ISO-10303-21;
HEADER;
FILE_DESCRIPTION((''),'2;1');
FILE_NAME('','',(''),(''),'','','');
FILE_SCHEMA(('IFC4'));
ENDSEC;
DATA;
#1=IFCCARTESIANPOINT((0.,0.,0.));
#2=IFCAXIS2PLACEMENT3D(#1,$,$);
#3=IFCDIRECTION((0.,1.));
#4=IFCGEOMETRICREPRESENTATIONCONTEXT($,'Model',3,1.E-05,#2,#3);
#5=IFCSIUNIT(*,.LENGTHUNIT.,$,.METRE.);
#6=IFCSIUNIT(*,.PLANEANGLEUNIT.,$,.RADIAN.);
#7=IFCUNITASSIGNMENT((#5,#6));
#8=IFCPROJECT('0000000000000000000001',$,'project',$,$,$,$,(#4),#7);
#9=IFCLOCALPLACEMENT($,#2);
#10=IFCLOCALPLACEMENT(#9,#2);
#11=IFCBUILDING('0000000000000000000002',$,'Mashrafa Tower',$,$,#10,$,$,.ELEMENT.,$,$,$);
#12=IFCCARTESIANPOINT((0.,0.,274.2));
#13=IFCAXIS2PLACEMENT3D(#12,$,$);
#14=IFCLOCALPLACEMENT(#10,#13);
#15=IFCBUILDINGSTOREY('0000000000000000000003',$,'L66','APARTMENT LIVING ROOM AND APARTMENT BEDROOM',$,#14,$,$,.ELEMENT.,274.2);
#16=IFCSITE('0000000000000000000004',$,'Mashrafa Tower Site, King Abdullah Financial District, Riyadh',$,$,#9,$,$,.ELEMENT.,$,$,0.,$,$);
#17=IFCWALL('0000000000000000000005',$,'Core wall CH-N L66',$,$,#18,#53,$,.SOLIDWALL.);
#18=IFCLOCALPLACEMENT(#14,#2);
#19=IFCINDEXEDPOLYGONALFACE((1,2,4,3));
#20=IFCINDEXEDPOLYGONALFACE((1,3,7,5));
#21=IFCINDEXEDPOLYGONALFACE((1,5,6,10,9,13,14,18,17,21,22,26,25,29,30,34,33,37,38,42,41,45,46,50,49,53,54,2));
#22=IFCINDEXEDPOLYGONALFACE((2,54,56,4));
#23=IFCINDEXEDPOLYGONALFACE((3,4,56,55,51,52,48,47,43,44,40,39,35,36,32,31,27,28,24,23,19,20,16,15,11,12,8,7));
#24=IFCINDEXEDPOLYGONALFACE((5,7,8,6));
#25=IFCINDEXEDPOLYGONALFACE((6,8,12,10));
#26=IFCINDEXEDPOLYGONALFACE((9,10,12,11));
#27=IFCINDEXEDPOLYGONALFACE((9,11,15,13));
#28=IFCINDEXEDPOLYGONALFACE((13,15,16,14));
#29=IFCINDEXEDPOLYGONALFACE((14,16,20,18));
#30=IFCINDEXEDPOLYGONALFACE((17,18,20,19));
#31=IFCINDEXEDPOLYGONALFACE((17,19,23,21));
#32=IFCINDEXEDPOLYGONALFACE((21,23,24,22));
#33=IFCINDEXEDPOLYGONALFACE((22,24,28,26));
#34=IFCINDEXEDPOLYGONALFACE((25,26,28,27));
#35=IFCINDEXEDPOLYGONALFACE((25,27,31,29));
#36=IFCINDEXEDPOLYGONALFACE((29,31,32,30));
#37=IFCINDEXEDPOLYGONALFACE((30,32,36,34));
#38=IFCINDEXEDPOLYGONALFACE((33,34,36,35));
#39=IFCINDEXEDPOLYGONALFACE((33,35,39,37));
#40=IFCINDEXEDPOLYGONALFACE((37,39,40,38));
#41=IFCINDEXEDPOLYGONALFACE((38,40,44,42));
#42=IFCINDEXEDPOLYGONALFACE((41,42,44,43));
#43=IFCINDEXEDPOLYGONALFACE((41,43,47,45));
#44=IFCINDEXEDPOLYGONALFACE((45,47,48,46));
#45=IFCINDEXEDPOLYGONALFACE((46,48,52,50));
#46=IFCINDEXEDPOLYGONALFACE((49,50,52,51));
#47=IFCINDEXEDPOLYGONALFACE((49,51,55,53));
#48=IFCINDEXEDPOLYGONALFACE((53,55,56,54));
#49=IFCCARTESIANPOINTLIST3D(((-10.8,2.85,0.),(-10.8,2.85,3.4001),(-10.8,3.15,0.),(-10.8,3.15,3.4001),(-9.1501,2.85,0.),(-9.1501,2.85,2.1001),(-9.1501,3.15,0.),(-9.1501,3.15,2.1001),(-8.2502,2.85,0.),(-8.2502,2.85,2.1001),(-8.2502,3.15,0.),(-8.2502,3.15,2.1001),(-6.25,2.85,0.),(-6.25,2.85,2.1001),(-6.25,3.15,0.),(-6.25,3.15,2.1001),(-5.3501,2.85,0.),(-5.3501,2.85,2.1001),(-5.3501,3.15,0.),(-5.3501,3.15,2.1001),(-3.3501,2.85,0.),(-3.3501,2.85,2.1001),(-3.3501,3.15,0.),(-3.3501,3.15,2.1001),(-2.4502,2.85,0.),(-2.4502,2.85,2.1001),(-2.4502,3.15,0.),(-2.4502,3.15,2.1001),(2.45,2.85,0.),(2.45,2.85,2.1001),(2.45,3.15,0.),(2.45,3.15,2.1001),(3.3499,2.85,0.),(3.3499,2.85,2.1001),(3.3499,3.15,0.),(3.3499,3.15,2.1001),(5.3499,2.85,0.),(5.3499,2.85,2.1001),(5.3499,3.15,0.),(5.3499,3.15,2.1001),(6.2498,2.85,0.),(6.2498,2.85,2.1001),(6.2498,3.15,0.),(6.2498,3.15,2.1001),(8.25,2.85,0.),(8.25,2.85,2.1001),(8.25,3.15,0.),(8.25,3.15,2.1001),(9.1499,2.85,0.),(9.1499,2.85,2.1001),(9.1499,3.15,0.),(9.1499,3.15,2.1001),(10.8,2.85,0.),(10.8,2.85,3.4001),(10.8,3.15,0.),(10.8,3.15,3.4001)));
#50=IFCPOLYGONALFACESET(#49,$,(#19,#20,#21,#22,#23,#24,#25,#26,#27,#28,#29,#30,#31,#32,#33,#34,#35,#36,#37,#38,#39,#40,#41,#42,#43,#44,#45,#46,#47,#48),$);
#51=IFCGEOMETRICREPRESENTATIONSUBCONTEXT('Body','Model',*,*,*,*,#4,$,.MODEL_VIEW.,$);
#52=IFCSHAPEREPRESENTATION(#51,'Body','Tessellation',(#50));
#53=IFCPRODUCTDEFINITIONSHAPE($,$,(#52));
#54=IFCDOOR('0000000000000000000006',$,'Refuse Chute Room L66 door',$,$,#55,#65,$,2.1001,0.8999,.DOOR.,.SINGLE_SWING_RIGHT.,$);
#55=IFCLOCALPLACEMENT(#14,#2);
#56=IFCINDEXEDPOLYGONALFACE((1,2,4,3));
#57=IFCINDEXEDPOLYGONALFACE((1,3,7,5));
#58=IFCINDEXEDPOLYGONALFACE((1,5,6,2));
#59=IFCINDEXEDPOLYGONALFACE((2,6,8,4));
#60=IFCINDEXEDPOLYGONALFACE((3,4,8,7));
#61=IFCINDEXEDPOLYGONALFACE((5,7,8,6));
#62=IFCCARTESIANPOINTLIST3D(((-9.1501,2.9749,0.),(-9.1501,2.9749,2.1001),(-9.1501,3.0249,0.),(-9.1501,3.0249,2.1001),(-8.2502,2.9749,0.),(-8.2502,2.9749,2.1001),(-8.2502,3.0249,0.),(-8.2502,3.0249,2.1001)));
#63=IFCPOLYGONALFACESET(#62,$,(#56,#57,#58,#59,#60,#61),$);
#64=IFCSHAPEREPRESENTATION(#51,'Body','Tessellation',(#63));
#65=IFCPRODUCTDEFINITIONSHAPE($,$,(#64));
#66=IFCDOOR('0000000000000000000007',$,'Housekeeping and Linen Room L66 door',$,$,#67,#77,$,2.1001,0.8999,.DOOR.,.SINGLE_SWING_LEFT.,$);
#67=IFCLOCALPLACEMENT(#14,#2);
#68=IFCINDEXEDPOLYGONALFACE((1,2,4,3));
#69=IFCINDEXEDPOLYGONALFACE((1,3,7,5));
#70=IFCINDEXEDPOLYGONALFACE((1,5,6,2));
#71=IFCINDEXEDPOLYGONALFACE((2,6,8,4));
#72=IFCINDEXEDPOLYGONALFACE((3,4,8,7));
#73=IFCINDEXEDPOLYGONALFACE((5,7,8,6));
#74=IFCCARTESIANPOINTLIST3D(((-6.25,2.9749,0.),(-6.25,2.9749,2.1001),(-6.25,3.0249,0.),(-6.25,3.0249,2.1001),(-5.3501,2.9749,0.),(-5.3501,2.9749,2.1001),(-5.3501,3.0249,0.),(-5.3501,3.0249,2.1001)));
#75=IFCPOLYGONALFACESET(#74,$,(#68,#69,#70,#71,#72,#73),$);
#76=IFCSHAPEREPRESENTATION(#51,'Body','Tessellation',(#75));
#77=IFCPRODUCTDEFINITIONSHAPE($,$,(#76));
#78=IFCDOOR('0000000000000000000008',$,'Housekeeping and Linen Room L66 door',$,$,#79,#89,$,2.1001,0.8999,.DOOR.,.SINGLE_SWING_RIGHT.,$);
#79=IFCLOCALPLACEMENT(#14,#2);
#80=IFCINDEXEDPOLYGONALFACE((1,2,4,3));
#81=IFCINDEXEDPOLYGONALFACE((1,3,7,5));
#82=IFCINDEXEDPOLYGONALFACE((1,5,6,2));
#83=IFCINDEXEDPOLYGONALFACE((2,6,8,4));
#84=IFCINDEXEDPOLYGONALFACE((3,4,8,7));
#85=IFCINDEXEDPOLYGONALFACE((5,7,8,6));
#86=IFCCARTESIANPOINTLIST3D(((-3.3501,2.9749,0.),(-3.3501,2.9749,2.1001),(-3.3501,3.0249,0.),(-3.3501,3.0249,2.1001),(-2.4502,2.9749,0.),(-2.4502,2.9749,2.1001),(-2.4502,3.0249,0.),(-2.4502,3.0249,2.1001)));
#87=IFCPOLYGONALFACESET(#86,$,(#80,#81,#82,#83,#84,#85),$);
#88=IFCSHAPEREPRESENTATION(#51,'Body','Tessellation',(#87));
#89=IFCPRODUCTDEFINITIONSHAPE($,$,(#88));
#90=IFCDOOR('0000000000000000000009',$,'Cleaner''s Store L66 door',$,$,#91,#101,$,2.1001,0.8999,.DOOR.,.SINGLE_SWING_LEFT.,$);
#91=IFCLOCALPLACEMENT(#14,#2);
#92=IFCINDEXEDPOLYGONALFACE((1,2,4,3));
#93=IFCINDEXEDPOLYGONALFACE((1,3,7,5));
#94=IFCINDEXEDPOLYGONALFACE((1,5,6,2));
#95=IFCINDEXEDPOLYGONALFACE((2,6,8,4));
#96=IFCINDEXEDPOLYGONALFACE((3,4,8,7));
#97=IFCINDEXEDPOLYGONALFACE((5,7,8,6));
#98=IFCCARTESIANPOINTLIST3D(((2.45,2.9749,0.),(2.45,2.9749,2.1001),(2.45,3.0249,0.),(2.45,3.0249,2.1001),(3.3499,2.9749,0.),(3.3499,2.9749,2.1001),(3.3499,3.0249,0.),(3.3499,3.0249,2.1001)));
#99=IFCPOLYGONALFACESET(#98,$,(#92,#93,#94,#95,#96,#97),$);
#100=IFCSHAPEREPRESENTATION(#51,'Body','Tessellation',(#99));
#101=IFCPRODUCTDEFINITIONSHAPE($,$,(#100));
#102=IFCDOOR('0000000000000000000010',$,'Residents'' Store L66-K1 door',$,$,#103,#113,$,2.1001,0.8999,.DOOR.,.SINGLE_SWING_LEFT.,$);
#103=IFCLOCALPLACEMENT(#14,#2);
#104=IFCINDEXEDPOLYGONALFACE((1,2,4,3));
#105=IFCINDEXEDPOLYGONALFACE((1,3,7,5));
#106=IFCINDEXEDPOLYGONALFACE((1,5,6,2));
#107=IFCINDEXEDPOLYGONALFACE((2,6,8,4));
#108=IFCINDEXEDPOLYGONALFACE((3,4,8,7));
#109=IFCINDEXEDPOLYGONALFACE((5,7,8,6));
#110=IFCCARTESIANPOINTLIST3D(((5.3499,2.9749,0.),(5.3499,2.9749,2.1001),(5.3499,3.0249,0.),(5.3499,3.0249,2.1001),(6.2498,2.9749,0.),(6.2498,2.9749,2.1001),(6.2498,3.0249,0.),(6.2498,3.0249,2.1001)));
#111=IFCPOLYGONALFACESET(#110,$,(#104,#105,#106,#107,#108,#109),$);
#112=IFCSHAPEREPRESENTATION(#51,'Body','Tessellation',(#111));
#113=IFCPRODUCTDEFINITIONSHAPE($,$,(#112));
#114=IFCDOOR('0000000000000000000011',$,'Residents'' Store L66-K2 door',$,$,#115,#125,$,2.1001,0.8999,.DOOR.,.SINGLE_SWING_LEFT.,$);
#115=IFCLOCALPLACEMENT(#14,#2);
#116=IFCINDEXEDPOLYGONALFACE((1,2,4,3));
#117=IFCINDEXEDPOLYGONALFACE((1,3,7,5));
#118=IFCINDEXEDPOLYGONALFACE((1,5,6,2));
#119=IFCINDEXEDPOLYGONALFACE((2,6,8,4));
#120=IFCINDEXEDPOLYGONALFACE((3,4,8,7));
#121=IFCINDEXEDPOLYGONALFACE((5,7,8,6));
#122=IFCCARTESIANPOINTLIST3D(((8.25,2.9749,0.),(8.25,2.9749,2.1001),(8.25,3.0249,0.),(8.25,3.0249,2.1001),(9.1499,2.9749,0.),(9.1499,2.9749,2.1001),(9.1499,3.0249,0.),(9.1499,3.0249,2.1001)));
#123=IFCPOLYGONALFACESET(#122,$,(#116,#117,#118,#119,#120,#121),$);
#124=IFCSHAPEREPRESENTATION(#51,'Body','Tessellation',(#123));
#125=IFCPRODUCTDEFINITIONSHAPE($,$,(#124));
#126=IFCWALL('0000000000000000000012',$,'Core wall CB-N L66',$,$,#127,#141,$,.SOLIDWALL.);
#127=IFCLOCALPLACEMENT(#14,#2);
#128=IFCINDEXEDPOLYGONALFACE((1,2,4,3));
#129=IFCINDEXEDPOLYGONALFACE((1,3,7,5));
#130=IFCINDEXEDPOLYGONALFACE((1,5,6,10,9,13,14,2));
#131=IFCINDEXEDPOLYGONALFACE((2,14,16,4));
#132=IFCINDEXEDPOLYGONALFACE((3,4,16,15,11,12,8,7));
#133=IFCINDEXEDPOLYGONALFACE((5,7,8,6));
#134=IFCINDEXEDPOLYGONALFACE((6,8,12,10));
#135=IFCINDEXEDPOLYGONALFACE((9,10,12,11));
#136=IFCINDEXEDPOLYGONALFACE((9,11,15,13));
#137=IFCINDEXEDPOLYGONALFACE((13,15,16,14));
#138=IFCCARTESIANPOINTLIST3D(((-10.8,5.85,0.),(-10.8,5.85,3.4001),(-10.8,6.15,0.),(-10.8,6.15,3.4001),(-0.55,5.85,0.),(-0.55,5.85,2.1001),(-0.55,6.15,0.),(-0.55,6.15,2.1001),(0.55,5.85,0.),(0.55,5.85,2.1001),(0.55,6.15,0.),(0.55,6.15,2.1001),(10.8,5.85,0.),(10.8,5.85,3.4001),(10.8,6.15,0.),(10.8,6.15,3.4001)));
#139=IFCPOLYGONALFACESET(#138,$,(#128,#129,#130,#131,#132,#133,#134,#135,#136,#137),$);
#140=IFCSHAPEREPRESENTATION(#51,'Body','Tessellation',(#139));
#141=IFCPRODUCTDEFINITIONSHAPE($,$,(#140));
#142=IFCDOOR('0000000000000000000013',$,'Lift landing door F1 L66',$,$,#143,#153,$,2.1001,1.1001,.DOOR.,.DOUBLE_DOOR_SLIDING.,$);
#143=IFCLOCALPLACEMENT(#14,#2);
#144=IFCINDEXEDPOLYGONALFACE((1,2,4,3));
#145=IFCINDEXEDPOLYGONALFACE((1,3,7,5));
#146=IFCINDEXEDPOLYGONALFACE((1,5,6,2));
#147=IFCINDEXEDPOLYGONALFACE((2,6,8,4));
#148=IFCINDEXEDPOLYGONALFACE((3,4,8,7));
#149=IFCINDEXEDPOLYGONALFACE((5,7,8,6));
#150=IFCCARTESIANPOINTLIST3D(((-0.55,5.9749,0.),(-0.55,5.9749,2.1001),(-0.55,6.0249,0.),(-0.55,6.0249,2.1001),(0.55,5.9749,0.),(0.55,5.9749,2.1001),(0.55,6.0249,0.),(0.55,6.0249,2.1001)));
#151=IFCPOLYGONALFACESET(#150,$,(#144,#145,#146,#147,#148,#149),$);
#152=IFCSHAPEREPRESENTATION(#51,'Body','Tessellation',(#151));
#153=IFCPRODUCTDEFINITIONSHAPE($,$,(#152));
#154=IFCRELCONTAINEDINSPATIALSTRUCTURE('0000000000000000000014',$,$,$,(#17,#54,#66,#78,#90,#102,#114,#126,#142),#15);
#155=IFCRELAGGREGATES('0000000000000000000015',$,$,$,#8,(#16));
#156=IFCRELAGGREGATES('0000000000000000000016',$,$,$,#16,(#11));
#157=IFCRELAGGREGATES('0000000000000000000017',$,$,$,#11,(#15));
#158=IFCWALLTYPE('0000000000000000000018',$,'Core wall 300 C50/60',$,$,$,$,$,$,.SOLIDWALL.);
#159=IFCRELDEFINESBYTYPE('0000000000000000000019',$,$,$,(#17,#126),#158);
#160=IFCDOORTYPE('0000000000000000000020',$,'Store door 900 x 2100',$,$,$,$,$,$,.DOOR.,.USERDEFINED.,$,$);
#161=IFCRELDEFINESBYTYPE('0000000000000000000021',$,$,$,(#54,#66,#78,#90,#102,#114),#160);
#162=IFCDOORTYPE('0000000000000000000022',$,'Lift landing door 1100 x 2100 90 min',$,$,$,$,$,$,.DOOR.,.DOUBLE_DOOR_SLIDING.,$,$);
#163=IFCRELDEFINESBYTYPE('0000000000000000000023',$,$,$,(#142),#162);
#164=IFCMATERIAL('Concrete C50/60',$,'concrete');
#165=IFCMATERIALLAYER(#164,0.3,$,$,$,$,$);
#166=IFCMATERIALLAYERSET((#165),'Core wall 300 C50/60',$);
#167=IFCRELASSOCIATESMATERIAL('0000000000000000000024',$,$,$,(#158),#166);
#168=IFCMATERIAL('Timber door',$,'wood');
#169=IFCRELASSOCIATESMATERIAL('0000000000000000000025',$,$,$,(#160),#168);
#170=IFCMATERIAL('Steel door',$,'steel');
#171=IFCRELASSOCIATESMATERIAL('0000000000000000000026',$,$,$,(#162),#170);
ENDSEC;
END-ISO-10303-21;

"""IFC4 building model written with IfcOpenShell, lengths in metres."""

from ifc_helpers import new_model, si_unit, direction, frame, frame_2d, origin, place, context, subcontext, project, spatial, rectangle, extrude, material, layer, layer_set, type_object, element, fill, save


model = new_model("IFC4")

# Units and contexts
model_context = context("Model", 3, precision=1e-05, world=origin(), true_north=direction((0.0, 1.0)))
body_context = subcontext(model_context, "Body", "Model", "MODEL_VIEW")
ifc_project = project(units=[si_unit("LENGTHUNIT", "METRE"), si_unit("PLANEANGLEUNIT", "RADIAN")], contexts=[model_context])

# Site, building, storey
site_placement = place(None, origin())
site = spatial("IfcSite", under=ifc_project, at=site_placement, Name="Mashrafa Tower Site, King Abdullah Financial District, Riyadh", CompositionType="ELEMENT", RefElevation=0.0)
building_placement = place(site_placement, origin())
building = spatial("IfcBuilding", under=site, at=building_placement, Name="Mashrafa Tower", CompositionType="ELEMENT")
storey_placement = place(building_placement, frame((0.0, 0.0, 274.2)))
storey = spatial("IfcBuildingStorey", under=building, at=storey_placement, Name="L66", Description="APARTMENT LIVING ROOM AND APARTMENT BEDROOM", CompositionType="ELEMENT", Elevation=274.2)

# Wall, openings, doors
ifc_material_1 = material(Name="Concrete C50/60", Category="concrete")
ifc_layer_1 = layer(ifc_material_1, 0.3)
ifc_layer_set_1 = layer_set([ifc_layer_1], Name="Core wall 300 C50/60")
wall_type_1 = type_object("IfcWallType", Name="Core wall 300 C50/60", PredefinedType="SOLIDWALL", material=ifc_layer_set_1)
wall_1_placement = place(storey_placement, frame((-10.8, 3.0, 0.0), z_axis=(0.0, 0.0, 1.0), x_axis=(1.0, 0.0, 0.0)))
wall_1 = element("IfcWall", 1, at=wall_1_placement, inside=storey, type_object=wall_type_1, Name="Core wall CH-N L66", PredefinedType="SOLIDWALL", context=body_context, shape_type="SweptSolid", body=[
    extrude(rectangle(XDim=21.6001, YDim=0.3, at=frame_2d((10.8, 0.0))), origin(), (0.0, 0.0, 1.0), 3.4001),
])
opening_1_placement = place(wall_1_placement, frame((1.6499, 0.0, 0.0)))
opening_1 = element("IfcOpeningElement", 2, at=opening_1_placement, cuts=wall_1, PredefinedType="OPENING", context=body_context, shape_type="SweptSolid", body=[
    extrude(rectangle(XDim=0.8999, YDim=2.1001, at=frame_2d((0.45, 1.05))), frame((0.0, 0.1599, 0.0), z_axis=(0.0, -1.0, 0.0), x_axis=(1.0, 0.0, 0.0)), (0.0, 0.0, 1.0), 0.3201),
])
opening_2_placement = place(wall_1_placement, frame((4.55, 0.0, 0.0)))
opening_2 = element("IfcOpeningElement", 3, at=opening_2_placement, cuts=wall_1, PredefinedType="OPENING", context=body_context, shape_type="SweptSolid", body=[
    extrude(rectangle(XDim=0.8999, YDim=2.1001, at=frame_2d((0.45, 1.05))), frame((0.0, 0.1599, 0.0), z_axis=(0.0, -1.0, 0.0), x_axis=(1.0, 0.0, 0.0)), (0.0, 0.0, 1.0), 0.3201),
])
opening_3_placement = place(wall_1_placement, frame((7.45, 0.0, 0.0)))
opening_3 = element("IfcOpeningElement", 4, at=opening_3_placement, cuts=wall_1, PredefinedType="OPENING", context=body_context, shape_type="SweptSolid", body=[
    extrude(rectangle(XDim=0.8999, YDim=2.1001, at=frame_2d((0.45, 1.05))), frame((0.0, 0.1599, 0.0), z_axis=(0.0, -1.0, 0.0), x_axis=(1.0, 0.0, 0.0)), (0.0, 0.0, 1.0), 0.3201),
])
opening_4_placement = place(wall_1_placement, frame((13.25, 0.0, 0.0)))
opening_4 = element("IfcOpeningElement", 5, at=opening_4_placement, cuts=wall_1, PredefinedType="OPENING", context=body_context, shape_type="SweptSolid", body=[
    extrude(rectangle(XDim=0.8999, YDim=2.1001, at=frame_2d((0.45, 1.05))), frame((0.0, 0.1599, 0.0), z_axis=(0.0, -1.0, 0.0), x_axis=(1.0, 0.0, 0.0)), (0.0, 0.0, 1.0), 0.3201),
])
opening_5_placement = place(wall_1_placement, frame((16.1499, 0.0, 0.0)))
opening_5 = element("IfcOpeningElement", 6, at=opening_5_placement, cuts=wall_1, PredefinedType="OPENING", context=body_context, shape_type="SweptSolid", body=[
    extrude(rectangle(XDim=0.8999, YDim=2.1001, at=frame_2d((0.45, 1.05))), frame((0.0, 0.1599, 0.0), z_axis=(0.0, -1.0, 0.0), x_axis=(1.0, 0.0, 0.0)), (0.0, 0.0, 1.0), 0.3201),
])
opening_6_placement = place(wall_1_placement, frame((19.05, 0.0, 0.0)))
opening_6 = element("IfcOpeningElement", 7, at=opening_6_placement, cuts=wall_1, PredefinedType="OPENING", context=body_context, shape_type="SweptSolid", body=[
    extrude(rectangle(XDim=0.8999, YDim=2.1001, at=frame_2d((0.45, 1.05))), frame((0.0, 0.1599, 0.0), z_axis=(0.0, -1.0, 0.0), x_axis=(1.0, 0.0, 0.0)), (0.0, 0.0, 1.0), 0.3201),
])
ifc_material_2 = material(Name="Timber door", Category="wood")
door_type_1 = type_object("IfcDoorType", Name="Store door 900 x 2100", OperationType="USERDEFINED", PredefinedType="DOOR", material=ifc_material_2)
door_1_placement = place(opening_1_placement, origin())
door_1 = element("IfcDoor", 8, at=door_1_placement, inside=storey, type_object=door_type_1, Name="Refuse Chute Room L66 door", OperationType="SINGLE_SWING_RIGHT", OverallHeight=2.1001, OverallWidth=0.8999, PredefinedType="DOOR", context=body_context, shape_type="SweptSolid", body=[
    extrude(rectangle(XDim=0.8999, YDim=2.1001, at=frame_2d((0.45, 1.05))), frame((0.0, 0.0249, 0.0), z_axis=(0.0, -1.0, 0.0), x_axis=(1.0, 0.0, 0.0)), (0.0, 0.0, 1.0), 0.05),
])
fill(opening_1, door_1)
door_2_placement = place(opening_2_placement, origin())
door_2 = element("IfcDoor", 9, at=door_2_placement, inside=storey, type_object=door_type_1, Name="Housekeeping and Linen Room L66 door", OperationType="SINGLE_SWING_LEFT", OverallHeight=2.1001, OverallWidth=0.8999, PredefinedType="DOOR", context=body_context, shape_type="SweptSolid", body=[
    extrude(rectangle(XDim=0.8999, YDim=2.1001, at=frame_2d((0.45, 1.05))), frame((0.0, 0.0249, 0.0), z_axis=(0.0, -1.0, 0.0), x_axis=(1.0, 0.0, 0.0)), (0.0, 0.0, 1.0), 0.05),
])
fill(opening_2, door_2)
door_3_placement = place(opening_3_placement, origin())
door_3 = element("IfcDoor", 10, at=door_3_placement, inside=storey, type_object=door_type_1, Name="Housekeeping and Linen Room L66 door", OperationType="SINGLE_SWING_RIGHT", OverallHeight=2.1001, OverallWidth=0.8999, PredefinedType="DOOR", context=body_context, shape_type="SweptSolid", body=[
    extrude(rectangle(XDim=0.8999, YDim=2.1001, at=frame_2d((0.45, 1.05))), frame((0.0, 0.0249, 0.0), z_axis=(0.0, -1.0, 0.0), x_axis=(1.0, 0.0, 0.0)), (0.0, 0.0, 1.0), 0.05),
])
fill(opening_3, door_3)
door_4_placement = place(opening_4_placement, origin())
door_4 = element("IfcDoor", 11, at=door_4_placement, inside=storey, type_object=door_type_1, Name="Cleaner's Store L66 door", OperationType="SINGLE_SWING_LEFT", OverallHeight=2.1001, OverallWidth=0.8999, PredefinedType="DOOR", context=body_context, shape_type="SweptSolid", body=[
    extrude(rectangle(XDim=0.8999, YDim=2.1001, at=frame_2d((0.45, 1.05))), frame((0.0, 0.0249, 0.0), z_axis=(0.0, -1.0, 0.0), x_axis=(1.0, 0.0, 0.0)), (0.0, 0.0, 1.0), 0.05),
])
fill(opening_4, door_4)
door_5_placement = place(opening_5_placement, origin())
door_5 = element("IfcDoor", 12, at=door_5_placement, inside=storey, type_object=door_type_1, Name="Residents' Store L66-K1 door", OperationType="SINGLE_SWING_LEFT", OverallHeight=2.1001, OverallWidth=0.8999, PredefinedType="DOOR", context=body_context, shape_type="SweptSolid", body=[
    extrude(rectangle(XDim=0.8999, YDim=2.1001, at=frame_2d((0.45, 1.05))), frame((0.0, 0.0249, 0.0), z_axis=(0.0, -1.0, 0.0), x_axis=(1.0, 0.0, 0.0)), (0.0, 0.0, 1.0), 0.05),
])
fill(opening_5, door_5)
door_6_placement = place(opening_6_placement, origin())
door_6 = element("IfcDoor", 13, at=door_6_placement, inside=storey, type_object=door_type_1, Name="Residents' Store L66-K2 door", OperationType="SINGLE_SWING_LEFT", OverallHeight=2.1001, OverallWidth=0.8999, PredefinedType="DOOR", context=body_context, shape_type="SweptSolid", body=[
    extrude(rectangle(XDim=0.8999, YDim=2.1001, at=frame_2d((0.45, 1.05))), frame((0.0, 0.0249, 0.0), z_axis=(0.0, -1.0, 0.0), x_axis=(1.0, 0.0, 0.0)), (0.0, 0.0, 1.0), 0.05),
])
fill(opening_6, door_6)

# Wall, opening, door
wall_2_placement = place(storey_placement, frame((-10.8, 6.0, 0.0), z_axis=(0.0, 0.0, 1.0), x_axis=(1.0, 0.0, 0.0)))
wall_2 = element("IfcWall", 14, at=wall_2_placement, inside=storey, type_object=wall_type_1, Name="Core wall CB-N L66", PredefinedType="SOLIDWALL", context=body_context, shape_type="SweptSolid", body=[
    extrude(rectangle(XDim=21.6001, YDim=0.3, at=frame_2d((10.8, 0.0))), origin(), (0.0, 0.0, 1.0), 3.4001),
])
opening_7_placement = place(wall_2_placement, frame((10.25, 0.0, 0.0)))
opening_7 = element("IfcOpeningElement", 15, at=opening_7_placement, cuts=wall_2, PredefinedType="OPENING", context=body_context, shape_type="SweptSolid", body=[
    extrude(rectangle(XDim=1.1001, YDim=2.1001, at=frame_2d((0.55, 1.05))), frame((0.0, 0.1599, 0.0), z_axis=(0.0, -1.0, 0.0), x_axis=(1.0, 0.0, 0.0)), (0.0, 0.0, 1.0), 0.3201),
])
ifc_material_3 = material(Name="Steel door", Category="steel")
door_type_2 = type_object("IfcDoorType", Name="Lift landing door 1100 x 2100 90 min", OperationType="DOUBLE_DOOR_SLIDING", PredefinedType="DOOR", material=ifc_material_3)
door_7_placement = place(opening_7_placement, origin())
door_7 = element("IfcDoor", 16, at=door_7_placement, inside=storey, type_object=door_type_2, Name="Lift landing door F1 L66", OperationType="DOUBLE_DOOR_SLIDING", OverallHeight=2.1001, OverallWidth=1.1001, PredefinedType="DOOR", context=body_context, shape_type="SweptSolid", body=[
    extrude(rectangle(XDim=1.1001, YDim=2.1001, at=frame_2d((0.55, 1.05))), frame((0.0, 0.0249, 0.0), z_axis=(0.0, -1.0, 0.0), x_axis=(1.0, 0.0, 0.0)), (0.0, 0.0, 1.0), 0.05),
])
fill(opening_7, door_7)

save(model, "model.ifc")
